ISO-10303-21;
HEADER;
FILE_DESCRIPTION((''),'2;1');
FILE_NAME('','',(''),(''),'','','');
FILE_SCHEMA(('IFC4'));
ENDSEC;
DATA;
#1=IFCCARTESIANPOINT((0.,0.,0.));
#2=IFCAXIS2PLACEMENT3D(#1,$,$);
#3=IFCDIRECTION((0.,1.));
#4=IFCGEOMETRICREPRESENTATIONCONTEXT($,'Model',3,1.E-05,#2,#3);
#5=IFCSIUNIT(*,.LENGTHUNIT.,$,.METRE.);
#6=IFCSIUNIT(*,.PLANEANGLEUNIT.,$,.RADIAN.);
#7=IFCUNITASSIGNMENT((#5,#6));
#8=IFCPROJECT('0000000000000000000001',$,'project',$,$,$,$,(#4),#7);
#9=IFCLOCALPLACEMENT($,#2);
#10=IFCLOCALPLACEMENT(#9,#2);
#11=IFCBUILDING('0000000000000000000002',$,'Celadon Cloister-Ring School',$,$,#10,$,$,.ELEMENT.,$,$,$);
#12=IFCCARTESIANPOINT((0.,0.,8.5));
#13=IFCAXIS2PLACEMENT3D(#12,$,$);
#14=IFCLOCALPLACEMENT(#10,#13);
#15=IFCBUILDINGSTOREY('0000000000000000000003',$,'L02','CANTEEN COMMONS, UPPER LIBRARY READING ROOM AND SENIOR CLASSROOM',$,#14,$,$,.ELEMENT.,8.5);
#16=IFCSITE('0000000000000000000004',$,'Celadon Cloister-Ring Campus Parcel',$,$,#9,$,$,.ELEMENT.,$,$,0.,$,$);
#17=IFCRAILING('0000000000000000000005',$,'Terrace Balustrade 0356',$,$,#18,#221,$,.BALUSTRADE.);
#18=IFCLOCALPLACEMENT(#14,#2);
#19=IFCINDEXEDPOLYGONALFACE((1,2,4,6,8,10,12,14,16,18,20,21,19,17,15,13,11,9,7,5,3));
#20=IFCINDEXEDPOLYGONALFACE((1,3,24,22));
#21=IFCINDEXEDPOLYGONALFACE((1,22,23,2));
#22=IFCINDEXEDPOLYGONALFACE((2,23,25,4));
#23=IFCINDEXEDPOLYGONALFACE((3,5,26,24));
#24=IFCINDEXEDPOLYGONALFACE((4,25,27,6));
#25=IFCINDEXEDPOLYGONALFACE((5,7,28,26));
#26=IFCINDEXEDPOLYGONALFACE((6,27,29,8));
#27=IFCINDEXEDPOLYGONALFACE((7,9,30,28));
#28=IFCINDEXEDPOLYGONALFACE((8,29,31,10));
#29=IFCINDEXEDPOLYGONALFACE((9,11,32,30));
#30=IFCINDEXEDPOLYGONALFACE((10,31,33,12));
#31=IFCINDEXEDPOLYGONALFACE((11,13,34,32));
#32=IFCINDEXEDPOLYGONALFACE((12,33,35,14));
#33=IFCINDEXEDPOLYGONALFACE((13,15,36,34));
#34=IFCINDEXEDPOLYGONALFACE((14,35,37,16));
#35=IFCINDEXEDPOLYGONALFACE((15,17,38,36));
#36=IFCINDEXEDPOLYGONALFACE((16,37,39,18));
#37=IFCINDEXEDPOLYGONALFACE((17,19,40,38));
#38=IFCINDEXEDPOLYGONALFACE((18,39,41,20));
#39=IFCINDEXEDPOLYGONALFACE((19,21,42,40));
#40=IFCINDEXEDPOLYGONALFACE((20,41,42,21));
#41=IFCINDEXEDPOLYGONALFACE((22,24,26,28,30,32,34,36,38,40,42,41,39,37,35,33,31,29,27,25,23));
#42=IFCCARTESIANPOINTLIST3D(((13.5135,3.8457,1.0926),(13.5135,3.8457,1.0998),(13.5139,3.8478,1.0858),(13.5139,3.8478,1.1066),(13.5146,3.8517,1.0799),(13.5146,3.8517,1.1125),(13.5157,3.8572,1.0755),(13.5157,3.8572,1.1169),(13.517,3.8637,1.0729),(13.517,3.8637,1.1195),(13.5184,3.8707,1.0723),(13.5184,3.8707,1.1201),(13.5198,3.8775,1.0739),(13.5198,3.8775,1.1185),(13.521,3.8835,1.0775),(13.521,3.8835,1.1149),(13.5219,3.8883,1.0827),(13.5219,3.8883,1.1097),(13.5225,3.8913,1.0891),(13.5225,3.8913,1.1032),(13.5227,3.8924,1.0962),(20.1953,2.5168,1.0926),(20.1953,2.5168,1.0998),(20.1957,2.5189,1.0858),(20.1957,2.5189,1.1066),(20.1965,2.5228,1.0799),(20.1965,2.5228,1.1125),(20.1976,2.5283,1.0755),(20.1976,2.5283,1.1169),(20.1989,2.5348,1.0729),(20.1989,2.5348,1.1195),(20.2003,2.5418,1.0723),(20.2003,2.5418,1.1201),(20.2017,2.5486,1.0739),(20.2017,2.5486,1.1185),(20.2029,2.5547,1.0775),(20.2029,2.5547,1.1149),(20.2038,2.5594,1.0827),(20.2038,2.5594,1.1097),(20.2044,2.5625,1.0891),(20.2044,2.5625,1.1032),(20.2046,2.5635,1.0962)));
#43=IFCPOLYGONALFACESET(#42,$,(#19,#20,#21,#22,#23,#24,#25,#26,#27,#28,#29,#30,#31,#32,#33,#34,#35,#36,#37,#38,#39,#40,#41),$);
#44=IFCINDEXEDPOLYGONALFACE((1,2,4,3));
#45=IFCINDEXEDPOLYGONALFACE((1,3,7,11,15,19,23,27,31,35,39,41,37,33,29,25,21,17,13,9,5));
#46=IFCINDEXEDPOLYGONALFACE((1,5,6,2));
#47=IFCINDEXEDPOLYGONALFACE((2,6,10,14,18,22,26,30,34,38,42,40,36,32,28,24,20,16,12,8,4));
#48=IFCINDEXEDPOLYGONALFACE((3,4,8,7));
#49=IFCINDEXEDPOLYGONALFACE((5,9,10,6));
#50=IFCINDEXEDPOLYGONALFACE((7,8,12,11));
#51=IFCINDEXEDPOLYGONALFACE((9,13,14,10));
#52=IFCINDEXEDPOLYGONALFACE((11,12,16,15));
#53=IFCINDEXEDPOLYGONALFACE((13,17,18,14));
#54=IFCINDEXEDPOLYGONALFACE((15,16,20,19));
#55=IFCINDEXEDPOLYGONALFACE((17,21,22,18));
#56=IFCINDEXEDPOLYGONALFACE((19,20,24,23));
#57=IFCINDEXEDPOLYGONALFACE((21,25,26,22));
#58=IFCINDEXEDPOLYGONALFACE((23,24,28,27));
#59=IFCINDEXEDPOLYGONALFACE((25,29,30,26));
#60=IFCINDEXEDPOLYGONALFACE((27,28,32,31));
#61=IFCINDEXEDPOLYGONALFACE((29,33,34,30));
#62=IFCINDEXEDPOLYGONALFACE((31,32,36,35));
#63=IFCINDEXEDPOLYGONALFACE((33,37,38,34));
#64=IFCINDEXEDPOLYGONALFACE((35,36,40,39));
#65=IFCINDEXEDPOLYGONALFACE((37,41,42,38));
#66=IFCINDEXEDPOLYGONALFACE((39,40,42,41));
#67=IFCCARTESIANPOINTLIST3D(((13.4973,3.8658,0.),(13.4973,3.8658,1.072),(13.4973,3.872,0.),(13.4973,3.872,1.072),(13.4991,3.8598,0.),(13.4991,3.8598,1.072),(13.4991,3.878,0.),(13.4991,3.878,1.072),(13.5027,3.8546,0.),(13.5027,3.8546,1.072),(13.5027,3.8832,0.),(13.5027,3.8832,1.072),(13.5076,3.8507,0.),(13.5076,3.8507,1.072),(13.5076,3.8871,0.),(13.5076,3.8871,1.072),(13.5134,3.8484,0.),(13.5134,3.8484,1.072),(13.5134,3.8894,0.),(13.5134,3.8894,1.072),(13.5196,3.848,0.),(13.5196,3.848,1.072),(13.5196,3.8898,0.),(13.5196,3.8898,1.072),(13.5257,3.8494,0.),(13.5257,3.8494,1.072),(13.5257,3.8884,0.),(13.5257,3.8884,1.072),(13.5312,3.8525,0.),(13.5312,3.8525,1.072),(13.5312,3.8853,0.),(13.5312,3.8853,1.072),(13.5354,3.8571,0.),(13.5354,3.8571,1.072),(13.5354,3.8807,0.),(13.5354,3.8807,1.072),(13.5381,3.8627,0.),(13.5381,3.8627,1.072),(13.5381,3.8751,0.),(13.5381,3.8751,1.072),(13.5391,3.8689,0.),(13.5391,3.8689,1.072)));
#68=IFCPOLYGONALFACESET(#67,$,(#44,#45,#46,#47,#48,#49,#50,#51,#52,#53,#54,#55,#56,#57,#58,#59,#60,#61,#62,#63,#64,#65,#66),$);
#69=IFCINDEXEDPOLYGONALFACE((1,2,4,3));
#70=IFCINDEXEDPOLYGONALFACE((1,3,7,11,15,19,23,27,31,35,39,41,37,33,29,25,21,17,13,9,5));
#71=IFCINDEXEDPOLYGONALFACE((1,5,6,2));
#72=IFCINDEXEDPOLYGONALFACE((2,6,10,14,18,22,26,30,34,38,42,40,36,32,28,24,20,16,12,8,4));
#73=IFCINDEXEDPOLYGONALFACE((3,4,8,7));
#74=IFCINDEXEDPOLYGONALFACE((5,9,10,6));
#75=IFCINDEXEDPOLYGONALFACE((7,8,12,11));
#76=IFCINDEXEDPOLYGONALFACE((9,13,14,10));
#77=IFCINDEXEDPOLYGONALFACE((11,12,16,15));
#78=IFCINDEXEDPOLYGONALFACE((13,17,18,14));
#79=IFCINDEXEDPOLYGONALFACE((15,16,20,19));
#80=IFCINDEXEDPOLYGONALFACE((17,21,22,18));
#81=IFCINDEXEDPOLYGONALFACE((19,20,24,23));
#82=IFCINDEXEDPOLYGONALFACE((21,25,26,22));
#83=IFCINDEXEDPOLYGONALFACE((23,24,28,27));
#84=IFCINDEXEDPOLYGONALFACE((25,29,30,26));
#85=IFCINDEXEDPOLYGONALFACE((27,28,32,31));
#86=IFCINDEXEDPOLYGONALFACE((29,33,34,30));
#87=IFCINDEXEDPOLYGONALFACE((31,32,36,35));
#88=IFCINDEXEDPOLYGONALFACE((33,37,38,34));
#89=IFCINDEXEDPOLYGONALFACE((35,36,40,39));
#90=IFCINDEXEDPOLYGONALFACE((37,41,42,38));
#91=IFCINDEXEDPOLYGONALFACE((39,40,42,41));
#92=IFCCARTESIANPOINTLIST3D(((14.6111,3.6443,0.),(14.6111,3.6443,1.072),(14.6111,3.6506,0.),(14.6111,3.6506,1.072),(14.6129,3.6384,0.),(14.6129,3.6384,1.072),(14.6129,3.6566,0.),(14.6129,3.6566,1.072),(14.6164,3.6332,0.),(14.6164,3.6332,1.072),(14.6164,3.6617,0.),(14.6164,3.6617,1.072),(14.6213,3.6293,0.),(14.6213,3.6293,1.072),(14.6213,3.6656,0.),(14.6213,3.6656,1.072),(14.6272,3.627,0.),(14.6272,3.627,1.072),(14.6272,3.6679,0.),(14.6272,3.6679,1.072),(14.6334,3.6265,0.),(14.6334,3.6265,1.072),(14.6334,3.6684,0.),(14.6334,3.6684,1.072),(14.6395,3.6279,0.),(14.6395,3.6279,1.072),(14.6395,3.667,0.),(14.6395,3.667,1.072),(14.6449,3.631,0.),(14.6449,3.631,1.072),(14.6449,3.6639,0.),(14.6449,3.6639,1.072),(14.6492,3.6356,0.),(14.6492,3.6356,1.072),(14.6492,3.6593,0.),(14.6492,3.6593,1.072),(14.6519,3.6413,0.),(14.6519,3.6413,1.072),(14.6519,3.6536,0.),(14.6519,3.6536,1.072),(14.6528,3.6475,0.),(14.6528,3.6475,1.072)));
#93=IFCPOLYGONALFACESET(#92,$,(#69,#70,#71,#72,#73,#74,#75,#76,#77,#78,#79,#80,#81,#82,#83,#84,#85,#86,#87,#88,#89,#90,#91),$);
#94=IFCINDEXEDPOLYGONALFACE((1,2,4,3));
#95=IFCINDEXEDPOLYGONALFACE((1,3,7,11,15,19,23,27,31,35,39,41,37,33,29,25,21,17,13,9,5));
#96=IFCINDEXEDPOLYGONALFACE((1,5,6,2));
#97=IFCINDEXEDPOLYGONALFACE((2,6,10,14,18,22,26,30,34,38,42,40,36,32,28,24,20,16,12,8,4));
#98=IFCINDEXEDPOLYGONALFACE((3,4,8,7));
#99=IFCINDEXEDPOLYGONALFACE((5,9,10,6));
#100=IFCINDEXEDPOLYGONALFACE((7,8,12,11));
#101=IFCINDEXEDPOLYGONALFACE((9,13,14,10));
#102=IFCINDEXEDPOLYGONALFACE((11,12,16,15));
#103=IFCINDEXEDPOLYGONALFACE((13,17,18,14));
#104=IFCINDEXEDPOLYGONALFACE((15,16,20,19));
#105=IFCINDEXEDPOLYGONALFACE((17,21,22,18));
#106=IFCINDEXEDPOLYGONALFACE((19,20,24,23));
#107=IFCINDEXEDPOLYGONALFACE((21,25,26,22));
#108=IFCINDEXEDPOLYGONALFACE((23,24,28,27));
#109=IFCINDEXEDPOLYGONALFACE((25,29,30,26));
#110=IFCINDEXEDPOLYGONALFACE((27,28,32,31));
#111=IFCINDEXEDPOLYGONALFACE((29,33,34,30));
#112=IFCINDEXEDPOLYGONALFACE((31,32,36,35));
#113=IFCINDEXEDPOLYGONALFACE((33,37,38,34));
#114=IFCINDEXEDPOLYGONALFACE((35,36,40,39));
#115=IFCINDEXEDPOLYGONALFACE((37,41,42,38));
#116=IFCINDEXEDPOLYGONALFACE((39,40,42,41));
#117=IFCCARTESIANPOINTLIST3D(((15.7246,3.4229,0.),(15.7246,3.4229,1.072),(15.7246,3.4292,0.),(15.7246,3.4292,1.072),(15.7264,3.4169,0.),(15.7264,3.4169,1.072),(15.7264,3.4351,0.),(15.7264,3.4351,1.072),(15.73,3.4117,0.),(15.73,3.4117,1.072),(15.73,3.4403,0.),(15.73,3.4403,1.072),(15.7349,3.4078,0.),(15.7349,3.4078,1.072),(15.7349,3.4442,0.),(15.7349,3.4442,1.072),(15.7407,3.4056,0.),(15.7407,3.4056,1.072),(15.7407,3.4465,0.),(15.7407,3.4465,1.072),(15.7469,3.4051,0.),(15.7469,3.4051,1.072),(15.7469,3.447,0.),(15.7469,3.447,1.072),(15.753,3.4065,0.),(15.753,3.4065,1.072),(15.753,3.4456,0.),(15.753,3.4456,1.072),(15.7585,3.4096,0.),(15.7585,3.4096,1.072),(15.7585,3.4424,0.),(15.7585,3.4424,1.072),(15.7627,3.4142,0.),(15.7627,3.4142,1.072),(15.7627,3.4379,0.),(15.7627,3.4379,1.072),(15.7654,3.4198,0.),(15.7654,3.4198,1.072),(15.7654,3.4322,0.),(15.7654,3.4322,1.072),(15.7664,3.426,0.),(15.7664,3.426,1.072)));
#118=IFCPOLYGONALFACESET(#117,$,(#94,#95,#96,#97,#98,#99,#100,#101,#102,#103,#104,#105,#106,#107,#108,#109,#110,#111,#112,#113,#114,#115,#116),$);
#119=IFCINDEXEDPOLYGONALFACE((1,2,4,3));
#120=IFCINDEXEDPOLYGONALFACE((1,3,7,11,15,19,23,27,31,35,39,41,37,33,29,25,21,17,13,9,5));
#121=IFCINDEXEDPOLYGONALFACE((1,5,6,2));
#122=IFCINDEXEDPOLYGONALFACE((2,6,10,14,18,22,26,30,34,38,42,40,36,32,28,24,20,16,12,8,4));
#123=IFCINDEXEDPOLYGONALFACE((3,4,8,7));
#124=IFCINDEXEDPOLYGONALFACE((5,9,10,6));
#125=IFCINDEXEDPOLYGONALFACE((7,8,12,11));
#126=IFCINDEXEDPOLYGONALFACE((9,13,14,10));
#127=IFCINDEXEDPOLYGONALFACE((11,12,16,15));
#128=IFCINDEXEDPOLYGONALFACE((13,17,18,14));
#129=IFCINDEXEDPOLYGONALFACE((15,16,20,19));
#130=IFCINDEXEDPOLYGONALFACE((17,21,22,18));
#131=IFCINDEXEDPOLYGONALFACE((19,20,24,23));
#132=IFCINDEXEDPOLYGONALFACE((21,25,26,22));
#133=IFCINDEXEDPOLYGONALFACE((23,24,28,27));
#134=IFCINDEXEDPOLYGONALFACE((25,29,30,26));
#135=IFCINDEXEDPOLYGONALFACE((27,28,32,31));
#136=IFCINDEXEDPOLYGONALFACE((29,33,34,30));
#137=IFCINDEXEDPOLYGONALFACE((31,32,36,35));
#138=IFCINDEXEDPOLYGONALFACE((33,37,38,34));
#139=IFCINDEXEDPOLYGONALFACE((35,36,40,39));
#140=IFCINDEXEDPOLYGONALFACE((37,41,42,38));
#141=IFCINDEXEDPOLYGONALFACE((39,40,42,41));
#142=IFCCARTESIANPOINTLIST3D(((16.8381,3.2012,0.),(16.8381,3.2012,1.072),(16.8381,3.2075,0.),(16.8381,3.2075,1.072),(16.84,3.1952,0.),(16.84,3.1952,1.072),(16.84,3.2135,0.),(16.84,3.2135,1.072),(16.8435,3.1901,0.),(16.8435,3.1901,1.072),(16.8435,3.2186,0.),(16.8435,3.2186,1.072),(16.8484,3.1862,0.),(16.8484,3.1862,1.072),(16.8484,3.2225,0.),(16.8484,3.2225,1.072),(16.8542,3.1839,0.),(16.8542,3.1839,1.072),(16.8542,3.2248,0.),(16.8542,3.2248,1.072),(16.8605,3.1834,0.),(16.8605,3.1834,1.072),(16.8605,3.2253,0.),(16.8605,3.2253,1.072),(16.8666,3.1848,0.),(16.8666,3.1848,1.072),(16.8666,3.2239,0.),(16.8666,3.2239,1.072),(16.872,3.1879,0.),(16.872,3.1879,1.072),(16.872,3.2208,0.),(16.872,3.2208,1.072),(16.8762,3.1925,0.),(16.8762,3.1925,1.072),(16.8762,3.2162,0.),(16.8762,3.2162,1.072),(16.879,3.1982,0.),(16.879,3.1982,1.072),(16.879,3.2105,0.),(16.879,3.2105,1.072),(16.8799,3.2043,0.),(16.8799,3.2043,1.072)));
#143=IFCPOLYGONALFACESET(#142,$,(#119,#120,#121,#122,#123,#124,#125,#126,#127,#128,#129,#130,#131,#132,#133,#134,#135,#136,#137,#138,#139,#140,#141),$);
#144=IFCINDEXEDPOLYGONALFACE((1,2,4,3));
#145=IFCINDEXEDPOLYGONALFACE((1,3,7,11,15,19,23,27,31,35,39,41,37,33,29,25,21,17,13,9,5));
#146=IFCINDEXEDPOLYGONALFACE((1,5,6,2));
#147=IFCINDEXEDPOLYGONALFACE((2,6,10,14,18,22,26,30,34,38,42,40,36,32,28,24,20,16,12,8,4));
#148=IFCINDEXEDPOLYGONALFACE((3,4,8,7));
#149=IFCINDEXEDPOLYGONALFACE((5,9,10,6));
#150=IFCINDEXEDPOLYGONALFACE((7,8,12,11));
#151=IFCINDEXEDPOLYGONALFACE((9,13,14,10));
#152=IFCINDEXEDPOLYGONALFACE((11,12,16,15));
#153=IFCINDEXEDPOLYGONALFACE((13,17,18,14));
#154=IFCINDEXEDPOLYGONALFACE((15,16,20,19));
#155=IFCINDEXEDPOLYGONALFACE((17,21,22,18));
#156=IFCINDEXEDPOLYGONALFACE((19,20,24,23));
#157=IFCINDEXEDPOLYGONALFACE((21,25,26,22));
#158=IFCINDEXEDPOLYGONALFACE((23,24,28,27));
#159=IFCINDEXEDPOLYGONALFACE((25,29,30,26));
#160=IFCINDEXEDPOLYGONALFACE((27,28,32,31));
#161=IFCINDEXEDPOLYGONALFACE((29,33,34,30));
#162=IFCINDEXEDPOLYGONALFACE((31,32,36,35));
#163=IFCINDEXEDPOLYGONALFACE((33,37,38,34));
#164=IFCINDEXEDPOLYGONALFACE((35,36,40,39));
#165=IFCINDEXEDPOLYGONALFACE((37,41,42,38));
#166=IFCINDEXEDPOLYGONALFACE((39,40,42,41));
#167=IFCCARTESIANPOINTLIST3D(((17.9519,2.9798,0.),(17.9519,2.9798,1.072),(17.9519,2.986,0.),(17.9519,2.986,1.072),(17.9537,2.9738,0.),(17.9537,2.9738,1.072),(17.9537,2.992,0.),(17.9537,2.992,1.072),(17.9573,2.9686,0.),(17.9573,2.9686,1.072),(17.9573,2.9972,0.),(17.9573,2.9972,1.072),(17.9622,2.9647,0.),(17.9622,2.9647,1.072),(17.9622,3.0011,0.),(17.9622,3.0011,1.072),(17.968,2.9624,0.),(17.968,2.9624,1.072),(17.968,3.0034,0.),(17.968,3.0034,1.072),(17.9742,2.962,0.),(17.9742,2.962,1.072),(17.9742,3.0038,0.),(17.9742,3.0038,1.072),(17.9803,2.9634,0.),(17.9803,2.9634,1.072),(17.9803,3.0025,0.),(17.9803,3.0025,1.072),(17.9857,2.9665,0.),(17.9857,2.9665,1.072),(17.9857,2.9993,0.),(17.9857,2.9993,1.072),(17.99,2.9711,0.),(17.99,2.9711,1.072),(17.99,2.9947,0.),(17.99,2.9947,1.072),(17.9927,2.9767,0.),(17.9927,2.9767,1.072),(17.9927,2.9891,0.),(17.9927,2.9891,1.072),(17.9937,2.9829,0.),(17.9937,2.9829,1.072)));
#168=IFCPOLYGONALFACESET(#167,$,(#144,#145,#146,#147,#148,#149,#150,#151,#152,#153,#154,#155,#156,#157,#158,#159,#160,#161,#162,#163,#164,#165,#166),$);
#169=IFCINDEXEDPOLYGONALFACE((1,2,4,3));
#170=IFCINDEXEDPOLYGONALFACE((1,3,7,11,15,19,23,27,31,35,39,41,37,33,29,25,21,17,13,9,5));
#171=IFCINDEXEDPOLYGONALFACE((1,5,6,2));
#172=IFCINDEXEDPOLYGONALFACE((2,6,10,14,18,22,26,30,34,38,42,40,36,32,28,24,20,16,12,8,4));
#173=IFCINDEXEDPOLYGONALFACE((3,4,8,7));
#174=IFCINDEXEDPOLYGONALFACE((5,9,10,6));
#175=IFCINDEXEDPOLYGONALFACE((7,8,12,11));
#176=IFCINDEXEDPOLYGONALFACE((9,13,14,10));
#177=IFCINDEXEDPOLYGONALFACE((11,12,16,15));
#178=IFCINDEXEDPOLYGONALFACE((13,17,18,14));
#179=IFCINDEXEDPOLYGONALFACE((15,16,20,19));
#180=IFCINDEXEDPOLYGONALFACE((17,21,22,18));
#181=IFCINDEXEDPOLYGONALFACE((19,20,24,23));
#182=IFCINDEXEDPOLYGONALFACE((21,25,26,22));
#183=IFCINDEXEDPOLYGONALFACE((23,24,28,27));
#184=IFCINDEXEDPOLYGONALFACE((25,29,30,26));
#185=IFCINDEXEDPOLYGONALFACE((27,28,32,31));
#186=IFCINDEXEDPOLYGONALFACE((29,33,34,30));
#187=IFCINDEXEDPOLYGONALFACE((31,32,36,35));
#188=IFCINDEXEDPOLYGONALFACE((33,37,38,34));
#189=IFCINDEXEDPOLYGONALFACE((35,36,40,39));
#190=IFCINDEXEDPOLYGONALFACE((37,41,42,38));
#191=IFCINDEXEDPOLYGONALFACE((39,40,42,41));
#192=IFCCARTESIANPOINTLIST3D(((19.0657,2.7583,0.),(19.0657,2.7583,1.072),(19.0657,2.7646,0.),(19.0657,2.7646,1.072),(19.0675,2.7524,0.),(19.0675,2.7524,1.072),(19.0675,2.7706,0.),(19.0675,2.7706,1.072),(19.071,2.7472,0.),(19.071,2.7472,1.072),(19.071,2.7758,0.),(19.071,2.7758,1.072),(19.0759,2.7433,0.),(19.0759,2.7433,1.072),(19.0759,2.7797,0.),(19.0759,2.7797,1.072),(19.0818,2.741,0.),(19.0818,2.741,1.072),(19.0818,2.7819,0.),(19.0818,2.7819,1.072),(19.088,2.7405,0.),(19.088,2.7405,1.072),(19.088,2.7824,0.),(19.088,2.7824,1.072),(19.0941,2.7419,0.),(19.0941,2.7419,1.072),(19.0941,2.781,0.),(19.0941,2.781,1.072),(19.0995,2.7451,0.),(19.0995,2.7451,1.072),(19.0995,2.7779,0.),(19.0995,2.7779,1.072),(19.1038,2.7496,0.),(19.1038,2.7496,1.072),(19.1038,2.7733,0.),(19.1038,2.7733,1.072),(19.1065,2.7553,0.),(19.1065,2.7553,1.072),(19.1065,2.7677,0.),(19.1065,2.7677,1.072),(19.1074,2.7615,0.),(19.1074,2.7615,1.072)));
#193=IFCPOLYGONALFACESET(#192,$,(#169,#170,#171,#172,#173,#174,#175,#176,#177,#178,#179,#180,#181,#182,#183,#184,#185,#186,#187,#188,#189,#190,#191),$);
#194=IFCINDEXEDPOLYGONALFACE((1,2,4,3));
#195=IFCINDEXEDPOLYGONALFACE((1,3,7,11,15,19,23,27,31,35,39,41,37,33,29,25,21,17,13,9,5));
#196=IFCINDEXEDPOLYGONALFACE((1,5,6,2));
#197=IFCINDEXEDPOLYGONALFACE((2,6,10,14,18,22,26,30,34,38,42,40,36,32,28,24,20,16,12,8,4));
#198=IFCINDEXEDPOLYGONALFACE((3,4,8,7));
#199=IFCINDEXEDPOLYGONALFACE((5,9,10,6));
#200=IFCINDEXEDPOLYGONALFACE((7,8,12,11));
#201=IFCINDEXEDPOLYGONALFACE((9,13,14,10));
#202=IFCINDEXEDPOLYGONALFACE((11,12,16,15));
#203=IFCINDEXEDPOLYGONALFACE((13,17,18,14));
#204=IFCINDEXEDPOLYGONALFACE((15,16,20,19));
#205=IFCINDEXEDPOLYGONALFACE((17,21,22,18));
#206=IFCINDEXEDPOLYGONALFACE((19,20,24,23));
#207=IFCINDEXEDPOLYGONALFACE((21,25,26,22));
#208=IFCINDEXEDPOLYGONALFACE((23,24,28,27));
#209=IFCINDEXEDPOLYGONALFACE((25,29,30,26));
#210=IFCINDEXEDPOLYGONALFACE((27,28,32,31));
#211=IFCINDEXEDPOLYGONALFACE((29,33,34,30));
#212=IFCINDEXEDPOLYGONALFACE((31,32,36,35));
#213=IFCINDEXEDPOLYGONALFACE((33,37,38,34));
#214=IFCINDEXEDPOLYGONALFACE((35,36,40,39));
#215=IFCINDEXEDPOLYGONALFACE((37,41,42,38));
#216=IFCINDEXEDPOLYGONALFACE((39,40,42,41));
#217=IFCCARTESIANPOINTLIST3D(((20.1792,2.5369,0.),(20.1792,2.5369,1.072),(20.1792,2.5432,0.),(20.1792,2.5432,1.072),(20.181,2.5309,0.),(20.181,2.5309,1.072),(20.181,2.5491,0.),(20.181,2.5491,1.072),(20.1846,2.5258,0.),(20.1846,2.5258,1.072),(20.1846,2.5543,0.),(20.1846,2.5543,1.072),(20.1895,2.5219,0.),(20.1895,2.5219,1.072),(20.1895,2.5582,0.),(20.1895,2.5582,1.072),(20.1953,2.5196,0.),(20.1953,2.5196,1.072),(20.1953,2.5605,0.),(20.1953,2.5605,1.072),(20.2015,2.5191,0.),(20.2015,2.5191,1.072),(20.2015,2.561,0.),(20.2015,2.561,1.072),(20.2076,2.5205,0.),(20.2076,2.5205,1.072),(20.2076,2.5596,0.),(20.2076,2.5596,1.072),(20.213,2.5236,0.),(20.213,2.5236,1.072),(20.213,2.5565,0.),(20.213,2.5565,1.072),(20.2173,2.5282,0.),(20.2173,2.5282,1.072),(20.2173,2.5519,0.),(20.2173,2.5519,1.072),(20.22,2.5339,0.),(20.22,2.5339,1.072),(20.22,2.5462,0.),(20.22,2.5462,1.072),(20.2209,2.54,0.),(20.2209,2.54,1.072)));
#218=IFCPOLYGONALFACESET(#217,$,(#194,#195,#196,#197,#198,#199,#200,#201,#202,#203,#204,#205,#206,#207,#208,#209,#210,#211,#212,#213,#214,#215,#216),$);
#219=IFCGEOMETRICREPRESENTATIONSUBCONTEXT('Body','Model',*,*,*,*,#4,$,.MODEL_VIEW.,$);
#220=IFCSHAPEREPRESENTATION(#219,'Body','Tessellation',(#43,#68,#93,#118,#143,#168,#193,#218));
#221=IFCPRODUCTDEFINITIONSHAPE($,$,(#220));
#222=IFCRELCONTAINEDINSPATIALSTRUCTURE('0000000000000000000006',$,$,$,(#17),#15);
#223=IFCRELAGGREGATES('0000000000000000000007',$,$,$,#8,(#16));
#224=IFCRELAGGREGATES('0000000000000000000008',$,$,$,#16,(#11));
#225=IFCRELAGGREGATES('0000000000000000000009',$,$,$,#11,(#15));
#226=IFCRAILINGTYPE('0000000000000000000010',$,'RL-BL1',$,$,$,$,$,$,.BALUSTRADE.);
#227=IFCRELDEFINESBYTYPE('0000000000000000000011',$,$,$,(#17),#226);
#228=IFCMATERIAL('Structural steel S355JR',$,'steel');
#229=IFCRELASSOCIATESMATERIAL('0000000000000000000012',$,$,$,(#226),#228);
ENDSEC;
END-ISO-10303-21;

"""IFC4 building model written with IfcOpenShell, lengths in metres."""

from ifc_helpers import new_model, si_unit, direction, frame, origin, origin_2d, place, context, subcontext, project, spatial, circle, extrude, material, type_object, element, save


model = new_model("IFC4")

# Units and contexts
model_context = context("Model", 3, precision=1e-05, world=origin(), true_north=direction((0.0, 1.0)))
body_context = subcontext(model_context, "Body", "Model", "MODEL_VIEW")
ifc_project = project(units=[si_unit("LENGTHUNIT", "METRE"), si_unit("PLANEANGLEUNIT", "RADIAN")], contexts=[model_context])

# Site, building, storey
site_placement = place(None, origin())
site = spatial("IfcSite", under=ifc_project, at=site_placement, Name="Celadon Cloister-Ring Campus Parcel", CompositionType="ELEMENT", RefElevation=0.0)
building_placement = place(site_placement, origin())
building = spatial("IfcBuilding", under=site, at=building_placement, Name="Celadon Cloister-Ring School", CompositionType="ELEMENT")
storey_placement = place(building_placement, frame((0.0, 0.0, 8.5)))
storey = spatial("IfcBuildingStorey", under=building, at=storey_placement, Name="L02", Description="CANTEEN COMMONS, UPPER LIBRARY READING ROOM AND SENIOR CLASSROOM", CompositionType="ELEMENT", Elevation=8.5)

# Railing
ifc_material_1 = material(Name="Structural steel S355JR", Category="steel")
railing_type = type_object("IfcRailingType", Name="RL-BL1", PredefinedType="BALUSTRADE", material=ifc_material_1)
railing_1_placement = place(storey_placement, frame((13.5181, 3.8689, 0.0)))
element("IfcRailing", 1, at=railing_1_placement, inside=storey, type_object=railing_type, Name="Terrace Balustrade 0356", PredefinedType="BALUSTRADE", context=body_context, shape_type="SweptSolid", body=[
    extrude(circle(Radius=0.0239, at=origin_2d()), frame((0.0, 0.0, 1.0962), z_axis=(0.980792, -0.195055, 0.0), x_axis=(0.195055, 0.980792, 0.0)), (0.0, 0.0, 1.0), 6.8127),
    extrude(circle(Radius=0.021, at=origin_2d()), origin(), (0.0, 0.0, 1.0), 1.072),
    extrude(circle(Radius=0.021, at=origin_2d()), frame((1.1138, -0.2214, 0.0)), (0.0, 0.0, 1.0), 1.072),
    extrude(circle(Radius=0.021, at=origin_2d()), frame((2.2273, -0.4429, 0.0)), (0.0, 0.0, 1.0), 1.072),
    extrude(circle(Radius=0.021, at=origin_2d()), frame((3.3408, -0.6646, 0.0)), (0.0, 0.0, 1.0), 1.072),
    extrude(circle(Radius=0.021, at=origin_2d()), frame((4.4546, -0.886, 0.0)), (0.0, 0.0, 1.0), 1.072),
    extrude(circle(Radius=0.021, at=origin_2d()), frame((5.5684, -1.1074, 0.0)), (0.0, 0.0, 1.0), 1.072),
    extrude(circle(Radius=0.021, at=origin_2d()), frame((6.6819, -1.3289, 0.0)), (0.0, 0.0, 1.0), 1.072),
])

save(model, "model.ifc")
